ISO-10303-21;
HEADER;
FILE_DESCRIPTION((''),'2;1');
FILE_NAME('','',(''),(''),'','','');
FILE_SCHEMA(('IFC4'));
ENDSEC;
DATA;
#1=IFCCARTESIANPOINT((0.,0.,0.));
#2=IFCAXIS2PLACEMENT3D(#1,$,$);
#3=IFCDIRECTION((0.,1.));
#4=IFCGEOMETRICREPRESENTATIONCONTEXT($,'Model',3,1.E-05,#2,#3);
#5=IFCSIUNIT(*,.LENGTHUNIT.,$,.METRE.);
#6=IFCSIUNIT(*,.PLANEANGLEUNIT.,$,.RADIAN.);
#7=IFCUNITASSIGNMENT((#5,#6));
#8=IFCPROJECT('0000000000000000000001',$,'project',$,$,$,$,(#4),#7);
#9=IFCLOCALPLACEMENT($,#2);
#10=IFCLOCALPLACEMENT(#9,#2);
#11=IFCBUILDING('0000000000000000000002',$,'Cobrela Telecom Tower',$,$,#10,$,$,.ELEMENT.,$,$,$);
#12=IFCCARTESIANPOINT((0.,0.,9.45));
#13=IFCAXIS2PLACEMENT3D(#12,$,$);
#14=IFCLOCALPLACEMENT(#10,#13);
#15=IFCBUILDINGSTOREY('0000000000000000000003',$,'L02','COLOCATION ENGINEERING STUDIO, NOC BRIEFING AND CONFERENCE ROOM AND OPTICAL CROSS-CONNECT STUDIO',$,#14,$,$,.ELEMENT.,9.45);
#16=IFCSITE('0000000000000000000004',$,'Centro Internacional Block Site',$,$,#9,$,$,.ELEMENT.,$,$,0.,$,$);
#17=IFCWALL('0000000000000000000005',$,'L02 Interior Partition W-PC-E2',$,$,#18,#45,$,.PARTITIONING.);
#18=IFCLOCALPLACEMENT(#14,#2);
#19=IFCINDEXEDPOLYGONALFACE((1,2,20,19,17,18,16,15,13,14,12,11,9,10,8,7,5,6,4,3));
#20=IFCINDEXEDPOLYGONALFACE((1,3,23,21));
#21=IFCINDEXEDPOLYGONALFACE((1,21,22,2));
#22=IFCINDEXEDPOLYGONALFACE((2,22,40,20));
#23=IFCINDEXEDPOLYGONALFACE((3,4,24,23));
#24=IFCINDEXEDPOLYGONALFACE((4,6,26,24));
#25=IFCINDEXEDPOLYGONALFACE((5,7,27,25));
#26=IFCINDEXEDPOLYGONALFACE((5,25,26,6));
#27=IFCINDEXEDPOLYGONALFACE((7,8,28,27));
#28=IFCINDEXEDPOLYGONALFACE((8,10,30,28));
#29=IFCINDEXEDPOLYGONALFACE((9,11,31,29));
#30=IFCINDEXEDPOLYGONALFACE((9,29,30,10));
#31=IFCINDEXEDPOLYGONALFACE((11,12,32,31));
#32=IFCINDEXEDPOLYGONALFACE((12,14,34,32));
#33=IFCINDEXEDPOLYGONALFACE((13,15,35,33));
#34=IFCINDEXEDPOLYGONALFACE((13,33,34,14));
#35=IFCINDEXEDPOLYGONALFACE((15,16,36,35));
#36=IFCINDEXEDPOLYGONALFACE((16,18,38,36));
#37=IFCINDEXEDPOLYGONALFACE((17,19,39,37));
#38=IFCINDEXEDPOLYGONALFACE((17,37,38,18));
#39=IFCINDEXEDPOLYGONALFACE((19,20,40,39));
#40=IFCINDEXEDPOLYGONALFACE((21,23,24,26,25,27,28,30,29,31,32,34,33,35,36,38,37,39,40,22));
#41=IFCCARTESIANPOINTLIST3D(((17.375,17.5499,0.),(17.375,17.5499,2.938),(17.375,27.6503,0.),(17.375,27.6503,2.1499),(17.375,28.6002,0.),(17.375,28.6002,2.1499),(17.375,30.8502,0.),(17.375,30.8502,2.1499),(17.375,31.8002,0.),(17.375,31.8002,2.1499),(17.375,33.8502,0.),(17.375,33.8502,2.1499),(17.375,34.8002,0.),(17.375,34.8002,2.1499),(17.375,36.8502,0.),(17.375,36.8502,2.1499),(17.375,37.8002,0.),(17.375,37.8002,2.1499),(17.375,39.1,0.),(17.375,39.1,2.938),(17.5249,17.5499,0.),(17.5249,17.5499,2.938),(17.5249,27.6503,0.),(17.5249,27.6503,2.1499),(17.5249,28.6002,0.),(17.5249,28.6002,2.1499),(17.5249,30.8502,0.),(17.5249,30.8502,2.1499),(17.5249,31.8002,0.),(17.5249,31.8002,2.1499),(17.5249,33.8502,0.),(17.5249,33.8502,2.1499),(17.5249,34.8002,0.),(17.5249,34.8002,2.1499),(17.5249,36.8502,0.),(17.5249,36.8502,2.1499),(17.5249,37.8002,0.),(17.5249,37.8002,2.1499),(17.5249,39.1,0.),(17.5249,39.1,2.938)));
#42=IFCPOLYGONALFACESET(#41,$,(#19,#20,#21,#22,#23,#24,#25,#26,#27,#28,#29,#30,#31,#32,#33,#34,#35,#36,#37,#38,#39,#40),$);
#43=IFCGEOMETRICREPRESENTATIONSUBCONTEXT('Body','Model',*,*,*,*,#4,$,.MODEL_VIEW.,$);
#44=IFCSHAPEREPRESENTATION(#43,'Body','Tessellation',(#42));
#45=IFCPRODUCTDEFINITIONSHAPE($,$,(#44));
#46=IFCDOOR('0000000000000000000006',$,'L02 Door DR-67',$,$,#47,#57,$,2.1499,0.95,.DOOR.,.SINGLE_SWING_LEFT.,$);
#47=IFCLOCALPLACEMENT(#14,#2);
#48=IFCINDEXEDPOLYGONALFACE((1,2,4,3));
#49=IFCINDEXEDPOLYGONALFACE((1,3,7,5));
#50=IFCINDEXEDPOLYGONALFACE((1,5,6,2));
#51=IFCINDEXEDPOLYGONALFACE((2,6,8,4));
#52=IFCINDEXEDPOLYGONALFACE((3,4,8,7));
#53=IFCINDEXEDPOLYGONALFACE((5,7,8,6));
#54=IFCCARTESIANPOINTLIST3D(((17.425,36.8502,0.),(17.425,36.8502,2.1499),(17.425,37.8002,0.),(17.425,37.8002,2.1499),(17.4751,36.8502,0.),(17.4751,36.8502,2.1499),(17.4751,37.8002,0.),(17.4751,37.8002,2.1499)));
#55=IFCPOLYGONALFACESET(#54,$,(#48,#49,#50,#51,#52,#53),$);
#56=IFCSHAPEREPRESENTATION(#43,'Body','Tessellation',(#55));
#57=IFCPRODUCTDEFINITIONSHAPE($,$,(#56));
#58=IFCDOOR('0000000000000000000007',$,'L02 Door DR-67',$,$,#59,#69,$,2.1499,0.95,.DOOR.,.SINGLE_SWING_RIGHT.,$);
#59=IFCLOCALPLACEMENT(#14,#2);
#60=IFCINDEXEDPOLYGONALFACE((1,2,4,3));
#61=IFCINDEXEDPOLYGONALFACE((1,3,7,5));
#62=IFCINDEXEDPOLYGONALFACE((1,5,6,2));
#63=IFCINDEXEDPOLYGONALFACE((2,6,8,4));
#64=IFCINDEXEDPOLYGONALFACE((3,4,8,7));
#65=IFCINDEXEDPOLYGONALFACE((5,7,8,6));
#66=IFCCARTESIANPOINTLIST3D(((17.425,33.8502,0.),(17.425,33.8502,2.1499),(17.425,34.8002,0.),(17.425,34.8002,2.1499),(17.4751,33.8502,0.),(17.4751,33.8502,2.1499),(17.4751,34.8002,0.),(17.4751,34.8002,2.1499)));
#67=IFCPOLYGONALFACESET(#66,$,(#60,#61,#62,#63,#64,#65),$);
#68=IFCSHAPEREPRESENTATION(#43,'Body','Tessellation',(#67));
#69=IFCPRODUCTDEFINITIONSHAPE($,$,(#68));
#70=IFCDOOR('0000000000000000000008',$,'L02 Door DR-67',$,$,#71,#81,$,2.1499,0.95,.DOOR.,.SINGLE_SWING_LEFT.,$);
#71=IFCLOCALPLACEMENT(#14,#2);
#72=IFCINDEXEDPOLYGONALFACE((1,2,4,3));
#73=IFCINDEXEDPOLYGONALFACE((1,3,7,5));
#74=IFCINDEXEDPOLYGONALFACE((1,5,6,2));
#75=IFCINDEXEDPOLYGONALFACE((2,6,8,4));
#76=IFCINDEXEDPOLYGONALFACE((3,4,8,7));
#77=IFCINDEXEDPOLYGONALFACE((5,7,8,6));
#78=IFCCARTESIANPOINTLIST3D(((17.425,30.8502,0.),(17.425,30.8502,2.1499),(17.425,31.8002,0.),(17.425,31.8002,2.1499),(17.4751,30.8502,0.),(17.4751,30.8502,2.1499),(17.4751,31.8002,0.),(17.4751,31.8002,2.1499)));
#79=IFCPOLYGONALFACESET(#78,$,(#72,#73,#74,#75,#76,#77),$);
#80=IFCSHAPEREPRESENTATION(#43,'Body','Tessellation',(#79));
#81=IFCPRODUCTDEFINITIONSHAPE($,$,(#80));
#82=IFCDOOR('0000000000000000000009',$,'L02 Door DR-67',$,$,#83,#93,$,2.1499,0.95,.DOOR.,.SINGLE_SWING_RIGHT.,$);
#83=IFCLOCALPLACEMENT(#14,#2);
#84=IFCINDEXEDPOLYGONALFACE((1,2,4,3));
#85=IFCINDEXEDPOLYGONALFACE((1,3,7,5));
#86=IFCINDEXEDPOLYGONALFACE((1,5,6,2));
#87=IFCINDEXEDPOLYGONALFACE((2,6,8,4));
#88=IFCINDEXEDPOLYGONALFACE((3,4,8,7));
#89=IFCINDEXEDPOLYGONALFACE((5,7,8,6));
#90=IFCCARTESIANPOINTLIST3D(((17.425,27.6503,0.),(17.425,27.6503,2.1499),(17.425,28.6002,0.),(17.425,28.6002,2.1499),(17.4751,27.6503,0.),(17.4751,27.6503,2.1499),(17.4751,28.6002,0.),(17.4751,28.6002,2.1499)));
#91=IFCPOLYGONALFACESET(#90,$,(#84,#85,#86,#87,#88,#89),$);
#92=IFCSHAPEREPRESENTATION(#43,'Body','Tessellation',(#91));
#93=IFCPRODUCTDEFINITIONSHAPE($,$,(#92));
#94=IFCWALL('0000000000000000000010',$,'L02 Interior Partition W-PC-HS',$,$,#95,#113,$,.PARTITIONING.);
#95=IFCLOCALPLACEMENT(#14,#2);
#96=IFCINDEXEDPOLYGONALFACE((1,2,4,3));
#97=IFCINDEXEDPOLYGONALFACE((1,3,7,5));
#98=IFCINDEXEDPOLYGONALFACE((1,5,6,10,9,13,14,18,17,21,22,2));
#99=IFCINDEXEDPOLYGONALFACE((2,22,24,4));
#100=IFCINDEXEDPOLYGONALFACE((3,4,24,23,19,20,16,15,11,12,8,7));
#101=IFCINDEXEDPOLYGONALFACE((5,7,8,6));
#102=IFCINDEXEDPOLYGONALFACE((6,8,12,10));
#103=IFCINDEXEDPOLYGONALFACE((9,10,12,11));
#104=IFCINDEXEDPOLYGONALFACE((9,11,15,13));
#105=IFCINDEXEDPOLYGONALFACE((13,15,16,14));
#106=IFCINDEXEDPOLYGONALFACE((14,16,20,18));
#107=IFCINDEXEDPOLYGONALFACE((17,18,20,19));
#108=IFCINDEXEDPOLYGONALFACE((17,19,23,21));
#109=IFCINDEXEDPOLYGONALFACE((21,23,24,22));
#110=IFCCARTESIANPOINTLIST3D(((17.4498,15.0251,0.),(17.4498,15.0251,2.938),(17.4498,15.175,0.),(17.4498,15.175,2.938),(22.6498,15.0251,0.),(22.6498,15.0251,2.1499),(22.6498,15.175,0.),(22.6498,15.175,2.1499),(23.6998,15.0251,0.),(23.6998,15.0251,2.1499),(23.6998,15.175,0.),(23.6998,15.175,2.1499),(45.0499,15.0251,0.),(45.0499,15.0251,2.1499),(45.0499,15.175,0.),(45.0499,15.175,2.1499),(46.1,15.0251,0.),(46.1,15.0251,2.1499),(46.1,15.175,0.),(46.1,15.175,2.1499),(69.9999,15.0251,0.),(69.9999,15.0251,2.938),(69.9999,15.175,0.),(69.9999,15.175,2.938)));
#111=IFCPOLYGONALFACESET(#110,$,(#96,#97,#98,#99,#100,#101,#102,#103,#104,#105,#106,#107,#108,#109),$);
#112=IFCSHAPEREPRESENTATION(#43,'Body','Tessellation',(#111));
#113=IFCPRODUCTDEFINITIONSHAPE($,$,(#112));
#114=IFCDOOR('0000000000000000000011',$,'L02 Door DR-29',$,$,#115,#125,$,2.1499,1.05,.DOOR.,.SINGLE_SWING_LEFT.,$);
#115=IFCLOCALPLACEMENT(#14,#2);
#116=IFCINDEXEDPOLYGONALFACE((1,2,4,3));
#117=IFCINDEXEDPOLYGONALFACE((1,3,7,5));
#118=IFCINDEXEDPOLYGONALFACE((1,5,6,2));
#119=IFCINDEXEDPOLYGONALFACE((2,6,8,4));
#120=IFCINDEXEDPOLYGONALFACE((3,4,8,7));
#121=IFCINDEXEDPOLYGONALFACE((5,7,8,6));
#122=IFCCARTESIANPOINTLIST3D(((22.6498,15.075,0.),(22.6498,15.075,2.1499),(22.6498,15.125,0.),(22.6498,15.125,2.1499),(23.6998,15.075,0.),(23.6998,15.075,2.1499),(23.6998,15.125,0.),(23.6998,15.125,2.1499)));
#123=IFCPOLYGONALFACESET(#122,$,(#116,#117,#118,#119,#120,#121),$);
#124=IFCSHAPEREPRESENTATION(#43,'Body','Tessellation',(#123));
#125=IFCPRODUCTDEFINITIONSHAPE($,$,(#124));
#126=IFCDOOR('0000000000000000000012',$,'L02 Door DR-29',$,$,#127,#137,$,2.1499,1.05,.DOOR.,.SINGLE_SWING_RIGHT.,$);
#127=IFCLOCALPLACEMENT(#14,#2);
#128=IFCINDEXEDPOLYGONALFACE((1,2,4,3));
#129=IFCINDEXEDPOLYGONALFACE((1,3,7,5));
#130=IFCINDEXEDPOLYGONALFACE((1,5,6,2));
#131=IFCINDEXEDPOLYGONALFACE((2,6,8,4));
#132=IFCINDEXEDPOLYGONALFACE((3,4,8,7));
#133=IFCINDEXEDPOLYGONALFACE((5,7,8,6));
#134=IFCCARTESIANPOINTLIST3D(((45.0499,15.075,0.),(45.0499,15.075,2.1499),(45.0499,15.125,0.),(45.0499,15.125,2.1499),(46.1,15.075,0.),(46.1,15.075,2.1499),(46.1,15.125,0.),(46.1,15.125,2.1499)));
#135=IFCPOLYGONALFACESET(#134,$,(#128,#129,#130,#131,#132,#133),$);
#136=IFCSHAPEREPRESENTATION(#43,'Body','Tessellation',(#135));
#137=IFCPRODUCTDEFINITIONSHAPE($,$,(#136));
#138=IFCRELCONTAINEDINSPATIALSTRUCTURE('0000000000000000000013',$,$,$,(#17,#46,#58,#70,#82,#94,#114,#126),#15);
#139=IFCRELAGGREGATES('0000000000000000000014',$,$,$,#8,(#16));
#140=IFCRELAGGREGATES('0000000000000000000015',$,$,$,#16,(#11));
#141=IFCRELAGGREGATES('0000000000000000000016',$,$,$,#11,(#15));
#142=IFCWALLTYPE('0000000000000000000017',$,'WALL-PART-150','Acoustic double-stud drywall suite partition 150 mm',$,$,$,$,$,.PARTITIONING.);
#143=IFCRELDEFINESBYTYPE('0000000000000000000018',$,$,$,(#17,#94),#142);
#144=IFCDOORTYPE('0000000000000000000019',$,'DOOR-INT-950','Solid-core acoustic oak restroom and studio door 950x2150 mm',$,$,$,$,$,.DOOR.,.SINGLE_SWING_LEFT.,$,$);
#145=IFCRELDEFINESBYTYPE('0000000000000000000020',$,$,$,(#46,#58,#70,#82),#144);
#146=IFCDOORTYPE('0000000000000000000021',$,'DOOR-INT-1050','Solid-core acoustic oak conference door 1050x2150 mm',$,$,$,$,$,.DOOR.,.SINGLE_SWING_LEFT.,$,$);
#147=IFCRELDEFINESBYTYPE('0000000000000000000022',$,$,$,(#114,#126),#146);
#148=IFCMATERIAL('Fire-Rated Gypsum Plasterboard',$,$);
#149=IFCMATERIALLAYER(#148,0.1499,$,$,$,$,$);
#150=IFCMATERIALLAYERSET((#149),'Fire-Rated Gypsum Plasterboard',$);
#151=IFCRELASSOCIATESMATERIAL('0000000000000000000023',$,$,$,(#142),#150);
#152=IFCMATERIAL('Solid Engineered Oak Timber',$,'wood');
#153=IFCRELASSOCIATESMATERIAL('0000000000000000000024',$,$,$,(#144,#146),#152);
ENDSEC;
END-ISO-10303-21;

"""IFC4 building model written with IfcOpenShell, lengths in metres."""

from ifc_helpers import new_model, si_unit, direction, frame, frame_2d, origin, place, context, subcontext, project, spatial, rectangle, extrude, material, layer, layer_set, type_object, element, fill, save


model = new_model("IFC4")

# Units and contexts
model_context = context("Model", 3, precision=1e-05, world=origin(), true_north=direction((0.0, 1.0)))
body_context = subcontext(model_context, "Body", "Model", "MODEL_VIEW")
ifc_project = project(units=[si_unit("LENGTHUNIT", "METRE"), si_unit("PLANEANGLEUNIT", "RADIAN")], contexts=[model_context])

# Site, building, storey
site_placement = place(None, origin())
site = spatial("IfcSite", under=ifc_project, at=site_placement, Name="Centro Internacional Block Site", CompositionType="ELEMENT", RefElevation=0.0)
building_placement = place(site_placement, origin())
building = spatial("IfcBuilding", under=site, at=building_placement, Name="Cobrela Telecom Tower", CompositionType="ELEMENT")
storey_placement = place(building_placement, frame((0.0, 0.0, 9.45)))
storey = spatial("IfcBuildingStorey", under=building, at=storey_placement, Name="L02", Description="COLOCATION ENGINEERING STUDIO, NOC BRIEFING AND CONFERENCE ROOM AND OPTICAL CROSS-CONNECT STUDIO", CompositionType="ELEMENT", Elevation=9.45)

# Shared definitions
ifc_material_1 = material(Name="Fire-Rated Gypsum Plasterboard")
ifc_layer = layer(ifc_material_1, 0.1499)
ifc_layer_set = layer_set([ifc_layer], Name="Fire-Rated Gypsum Plasterboard")
wall_type = type_object("IfcWallType", Name="WALL-PART-150", Description="Acoustic double-stud drywall suite partition 150 mm", PredefinedType="PARTITIONING", material=ifc_layer_set)
ifc_material_2 = material(Name="Solid Engineered Oak Timber", Category="wood")

# Walls, openings, doors
wall_1_placement = place(storey_placement, frame((17.45, 17.55, 0.0), z_axis=(0.0, 0.0, 1.0), x_axis=(0.0, 1.0, 0.0)))
wall_1 = element("IfcWall", 1, at=wall_1_placement, inside=storey, type_object=wall_type, Name="L02 Interior Partition W-PC-E2", PredefinedType="PARTITIONING", context=body_context, shape_type="SweptSolid", body=[
    extrude(rectangle(XDim=21.55, YDim=0.1499, at=frame_2d((10.7749, 0.0))), origin(), (0.0, 0.0, 1.0), 2.938),
])
opening_1_placement = place(wall_1_placement, frame((19.3, 0.0, 0.0)))
opening_1 = element("IfcOpeningElement", 2, at=opening_1_placement, cuts=wall_1, PredefinedType="OPENING", context=body_context, shape_type="SweptSolid", body=[
    extrude(rectangle(XDim=0.95, YDim=2.1499, at=frame_2d((0.4751, 1.075))), frame((0.0, 0.0869, 0.0), z_axis=(0.0, -1.0, 0.0), x_axis=(1.0, 0.0, 0.0)), (0.0, 0.0, 1.0), 0.1738),
])
opening_2_placement = place(wall_1_placement, frame((16.3, 0.0, 0.0)))
opening_2 = element("IfcOpeningElement", 3, at=opening_2_placement, cuts=wall_1, PredefinedType="OPENING", context=body_context, shape_type="SweptSolid", body=[
    extrude(rectangle(XDim=0.95, YDim=2.1499, at=frame_2d((0.4751, 1.075))), frame((0.0, 0.0869, 0.0), z_axis=(0.0, -1.0, 0.0), x_axis=(1.0, 0.0, 0.0)), (0.0, 0.0, 1.0), 0.1738),
])
opening_3_placement = place(wall_1_placement, frame((13.3, 0.0, 0.0)))
opening_3 = element("IfcOpeningElement", 4, at=opening_3_placement, cuts=wall_1, PredefinedType="OPENING", context=body_context, shape_type="SweptSolid", body=[
    extrude(rectangle(XDim=0.95, YDim=2.1499, at=frame_2d((0.4751, 1.075))), frame((0.0, 0.0869, 0.0), z_axis=(0.0, -1.0, 0.0), x_axis=(1.0, 0.0, 0.0)), (0.0, 0.0, 1.0), 0.1738),
])
opening_4_placement = place(wall_1_placement, frame((10.1001, 0.0, 0.0)))
opening_4 = element("IfcOpeningElement", 5, at=opening_4_placement, cuts=wall_1, PredefinedType="OPENING", context=body_context, shape_type="SweptSolid", body=[
    extrude(rectangle(XDim=0.95, YDim=2.1499, at=frame_2d((0.4751, 1.075))), frame((0.0, 0.0869, 0.0), z_axis=(0.0, -1.0, 0.0), x_axis=(1.0, 0.0, 0.0)), (0.0, 0.0, 1.0), 0.1738),
])
door_type_1 = type_object("IfcDoorType", Name="DOOR-INT-950", Description="Solid-core acoustic oak restroom and studio door 950x2150 mm", OperationType="SINGLE_SWING_LEFT", PredefinedType="DOOR", material=ifc_material_2)
door_1_placement = place(opening_1_placement, origin())
door_1 = element("IfcDoor", 6, at=door_1_placement, inside=storey, type_object=door_type_1, Name="L02 Door DR-67", OperationType="SINGLE_SWING_LEFT", OverallHeight=2.1499, OverallWidth=0.95, PredefinedType="DOOR", context=body_context, shape_type="SweptSolid", body=[
    extrude(rectangle(XDim=0.95, YDim=2.1499, at=frame_2d((0.4751, 1.075))), frame((0.0, 0.0249, 0.0), z_axis=(0.0, -1.0, 0.0), x_axis=(1.0, 0.0, 0.0)), (0.0, 0.0, 1.0), 0.05),
])
fill(opening_1, door_1)
door_2_placement = place(opening_2_placement, origin())
door_2 = element("IfcDoor", 7, at=door_2_placement, inside=storey, type_object=door_type_1, Name="L02 Door DR-67", OperationType="SINGLE_SWING_RIGHT", OverallHeight=2.1499, OverallWidth=0.95, PredefinedType="DOOR", context=body_context, shape_type="SweptSolid", body=[
    extrude(rectangle(XDim=0.95, YDim=2.1499, at=frame_2d((0.4751, 1.075))), frame((0.0, 0.0249, 0.0), z_axis=(0.0, -1.0, 0.0), x_axis=(1.0, 0.0, 0.0)), (0.0, 0.0, 1.0), 0.05),
])
fill(opening_2, door_2)
door_3_placement = place(opening_3_placement, origin())
door_3 = element("IfcDoor", 8, at=door_3_placement, inside=storey, type_object=door_type_1, Name="L02 Door DR-67", OperationType="SINGLE_SWING_LEFT", OverallHeight=2.1499, OverallWidth=0.95, PredefinedType="DOOR", context=body_context, shape_type="SweptSolid", body=[
    extrude(rectangle(XDim=0.95, YDim=2.1499, at=frame_2d((0.4751, 1.075))), frame((0.0, 0.0249, 0.0), z_axis=(0.0, -1.0, 0.0), x_axis=(1.0, 0.0, 0.0)), (0.0, 0.0, 1.0), 0.05),
])
fill(opening_3, door_3)
door_4_placement = place(opening_4_placement, origin())
door_4 = element("IfcDoor", 9, at=door_4_placement, inside=storey, type_object=door_type_1, Name="L02 Door DR-67", OperationType="SINGLE_SWING_RIGHT", OverallHeight=2.1499, OverallWidth=0.95, PredefinedType="DOOR", context=body_context, shape_type="SweptSolid", body=[
    extrude(rectangle(XDim=0.95, YDim=2.1499, at=frame_2d((0.4751, 1.075))), frame((0.0, 0.0249, 0.0), z_axis=(0.0, -1.0, 0.0), x_axis=(1.0, 0.0, 0.0)), (0.0, 0.0, 1.0), 0.05),
])
fill(opening_4, door_4)
wall_2_placement = place(storey_placement, frame((17.45, 15.1001, 0.0), z_axis=(0.0, 0.0, 1.0), x_axis=(1.0, 0.0, 0.0)))
wall_2 = element("IfcWall", 10, at=wall_2_placement, inside=storey, type_object=wall_type, Name="L02 Interior Partition W-PC-HS", PredefinedType="PARTITIONING", context=body_context, shape_type="SweptSolid", body=[
    extrude(rectangle(XDim=52.55, YDim=0.1499, at=frame_2d((26.2749, 0.0))), origin(), (0.0, 0.0, 1.0), 2.938),
])
opening_5_placement = place(wall_2_placement, frame((5.2, 0.0, 0.0)))
opening_5 = element("IfcOpeningElement", 11, at=opening_5_placement, cuts=wall_2, PredefinedType="OPENING", context=body_context, shape_type="SweptSolid", body=[
    extrude(rectangle(XDim=1.05, YDim=2.1499, at=frame_2d((0.5249, 1.075))), frame((0.0, 0.0869, 0.0), z_axis=(0.0, -1.0, 0.0), x_axis=(1.0, 0.0, 0.0)), (0.0, 0.0, 1.0), 0.1738),
])
opening_6_placement = place(wall_2_placement, frame((27.6001, 0.0, 0.0)))
opening_6 = element("IfcOpeningElement", 12, at=opening_6_placement, cuts=wall_2, PredefinedType="OPENING", context=body_context, shape_type="SweptSolid", body=[
    extrude(rectangle(XDim=1.05, YDim=2.1499, at=frame_2d((0.5249, 1.075))), frame((0.0, 0.0869, 0.0), z_axis=(0.0, -1.0, 0.0), x_axis=(1.0, 0.0, 0.0)), (0.0, 0.0, 1.0), 0.1738),
])
door_type_2 = type_object("IfcDoorType", Name="DOOR-INT-1050", Description="Solid-core acoustic oak conference door 1050x2150 mm", OperationType="SINGLE_SWING_LEFT", PredefinedType="DOOR", material=ifc_material_2)
door_5_placement = place(opening_5_placement, origin())
door_5 = element("IfcDoor", 13, at=door_5_placement, inside=storey, type_object=door_type_2, Name="L02 Door DR-29", OperationType="SINGLE_SWING_LEFT", OverallHeight=2.1499, OverallWidth=1.05, PredefinedType="DOOR", context=body_context, shape_type="SweptSolid", body=[
    extrude(rectangle(XDim=1.05, YDim=2.1499, at=frame_2d((0.5249, 1.075))), frame((0.0, 0.0249, 0.0), z_axis=(0.0, -1.0, 0.0), x_axis=(1.0, 0.0, 0.0)), (0.0, 0.0, 1.0), 0.05),
])
fill(opening_5, door_5)
door_6_placement = place(opening_6_placement, origin())
door_6 = element("IfcDoor", 14, at=door_6_placement, inside=storey, type_object=door_type_2, Name="L02 Door DR-29", OperationType="SINGLE_SWING_RIGHT", OverallHeight=2.1499, OverallWidth=1.05, PredefinedType="DOOR", context=body_context, shape_type="SweptSolid", body=[
    extrude(rectangle(XDim=1.05, YDim=2.1499, at=frame_2d((0.5249, 1.075))), frame((0.0, 0.0249, 0.0), z_axis=(0.0, -1.0, 0.0), x_axis=(1.0, 0.0, 0.0)), (0.0, 0.0, 1.0), 0.05),
])
fill(opening_6, door_6)

save(model, "model.ifc")
